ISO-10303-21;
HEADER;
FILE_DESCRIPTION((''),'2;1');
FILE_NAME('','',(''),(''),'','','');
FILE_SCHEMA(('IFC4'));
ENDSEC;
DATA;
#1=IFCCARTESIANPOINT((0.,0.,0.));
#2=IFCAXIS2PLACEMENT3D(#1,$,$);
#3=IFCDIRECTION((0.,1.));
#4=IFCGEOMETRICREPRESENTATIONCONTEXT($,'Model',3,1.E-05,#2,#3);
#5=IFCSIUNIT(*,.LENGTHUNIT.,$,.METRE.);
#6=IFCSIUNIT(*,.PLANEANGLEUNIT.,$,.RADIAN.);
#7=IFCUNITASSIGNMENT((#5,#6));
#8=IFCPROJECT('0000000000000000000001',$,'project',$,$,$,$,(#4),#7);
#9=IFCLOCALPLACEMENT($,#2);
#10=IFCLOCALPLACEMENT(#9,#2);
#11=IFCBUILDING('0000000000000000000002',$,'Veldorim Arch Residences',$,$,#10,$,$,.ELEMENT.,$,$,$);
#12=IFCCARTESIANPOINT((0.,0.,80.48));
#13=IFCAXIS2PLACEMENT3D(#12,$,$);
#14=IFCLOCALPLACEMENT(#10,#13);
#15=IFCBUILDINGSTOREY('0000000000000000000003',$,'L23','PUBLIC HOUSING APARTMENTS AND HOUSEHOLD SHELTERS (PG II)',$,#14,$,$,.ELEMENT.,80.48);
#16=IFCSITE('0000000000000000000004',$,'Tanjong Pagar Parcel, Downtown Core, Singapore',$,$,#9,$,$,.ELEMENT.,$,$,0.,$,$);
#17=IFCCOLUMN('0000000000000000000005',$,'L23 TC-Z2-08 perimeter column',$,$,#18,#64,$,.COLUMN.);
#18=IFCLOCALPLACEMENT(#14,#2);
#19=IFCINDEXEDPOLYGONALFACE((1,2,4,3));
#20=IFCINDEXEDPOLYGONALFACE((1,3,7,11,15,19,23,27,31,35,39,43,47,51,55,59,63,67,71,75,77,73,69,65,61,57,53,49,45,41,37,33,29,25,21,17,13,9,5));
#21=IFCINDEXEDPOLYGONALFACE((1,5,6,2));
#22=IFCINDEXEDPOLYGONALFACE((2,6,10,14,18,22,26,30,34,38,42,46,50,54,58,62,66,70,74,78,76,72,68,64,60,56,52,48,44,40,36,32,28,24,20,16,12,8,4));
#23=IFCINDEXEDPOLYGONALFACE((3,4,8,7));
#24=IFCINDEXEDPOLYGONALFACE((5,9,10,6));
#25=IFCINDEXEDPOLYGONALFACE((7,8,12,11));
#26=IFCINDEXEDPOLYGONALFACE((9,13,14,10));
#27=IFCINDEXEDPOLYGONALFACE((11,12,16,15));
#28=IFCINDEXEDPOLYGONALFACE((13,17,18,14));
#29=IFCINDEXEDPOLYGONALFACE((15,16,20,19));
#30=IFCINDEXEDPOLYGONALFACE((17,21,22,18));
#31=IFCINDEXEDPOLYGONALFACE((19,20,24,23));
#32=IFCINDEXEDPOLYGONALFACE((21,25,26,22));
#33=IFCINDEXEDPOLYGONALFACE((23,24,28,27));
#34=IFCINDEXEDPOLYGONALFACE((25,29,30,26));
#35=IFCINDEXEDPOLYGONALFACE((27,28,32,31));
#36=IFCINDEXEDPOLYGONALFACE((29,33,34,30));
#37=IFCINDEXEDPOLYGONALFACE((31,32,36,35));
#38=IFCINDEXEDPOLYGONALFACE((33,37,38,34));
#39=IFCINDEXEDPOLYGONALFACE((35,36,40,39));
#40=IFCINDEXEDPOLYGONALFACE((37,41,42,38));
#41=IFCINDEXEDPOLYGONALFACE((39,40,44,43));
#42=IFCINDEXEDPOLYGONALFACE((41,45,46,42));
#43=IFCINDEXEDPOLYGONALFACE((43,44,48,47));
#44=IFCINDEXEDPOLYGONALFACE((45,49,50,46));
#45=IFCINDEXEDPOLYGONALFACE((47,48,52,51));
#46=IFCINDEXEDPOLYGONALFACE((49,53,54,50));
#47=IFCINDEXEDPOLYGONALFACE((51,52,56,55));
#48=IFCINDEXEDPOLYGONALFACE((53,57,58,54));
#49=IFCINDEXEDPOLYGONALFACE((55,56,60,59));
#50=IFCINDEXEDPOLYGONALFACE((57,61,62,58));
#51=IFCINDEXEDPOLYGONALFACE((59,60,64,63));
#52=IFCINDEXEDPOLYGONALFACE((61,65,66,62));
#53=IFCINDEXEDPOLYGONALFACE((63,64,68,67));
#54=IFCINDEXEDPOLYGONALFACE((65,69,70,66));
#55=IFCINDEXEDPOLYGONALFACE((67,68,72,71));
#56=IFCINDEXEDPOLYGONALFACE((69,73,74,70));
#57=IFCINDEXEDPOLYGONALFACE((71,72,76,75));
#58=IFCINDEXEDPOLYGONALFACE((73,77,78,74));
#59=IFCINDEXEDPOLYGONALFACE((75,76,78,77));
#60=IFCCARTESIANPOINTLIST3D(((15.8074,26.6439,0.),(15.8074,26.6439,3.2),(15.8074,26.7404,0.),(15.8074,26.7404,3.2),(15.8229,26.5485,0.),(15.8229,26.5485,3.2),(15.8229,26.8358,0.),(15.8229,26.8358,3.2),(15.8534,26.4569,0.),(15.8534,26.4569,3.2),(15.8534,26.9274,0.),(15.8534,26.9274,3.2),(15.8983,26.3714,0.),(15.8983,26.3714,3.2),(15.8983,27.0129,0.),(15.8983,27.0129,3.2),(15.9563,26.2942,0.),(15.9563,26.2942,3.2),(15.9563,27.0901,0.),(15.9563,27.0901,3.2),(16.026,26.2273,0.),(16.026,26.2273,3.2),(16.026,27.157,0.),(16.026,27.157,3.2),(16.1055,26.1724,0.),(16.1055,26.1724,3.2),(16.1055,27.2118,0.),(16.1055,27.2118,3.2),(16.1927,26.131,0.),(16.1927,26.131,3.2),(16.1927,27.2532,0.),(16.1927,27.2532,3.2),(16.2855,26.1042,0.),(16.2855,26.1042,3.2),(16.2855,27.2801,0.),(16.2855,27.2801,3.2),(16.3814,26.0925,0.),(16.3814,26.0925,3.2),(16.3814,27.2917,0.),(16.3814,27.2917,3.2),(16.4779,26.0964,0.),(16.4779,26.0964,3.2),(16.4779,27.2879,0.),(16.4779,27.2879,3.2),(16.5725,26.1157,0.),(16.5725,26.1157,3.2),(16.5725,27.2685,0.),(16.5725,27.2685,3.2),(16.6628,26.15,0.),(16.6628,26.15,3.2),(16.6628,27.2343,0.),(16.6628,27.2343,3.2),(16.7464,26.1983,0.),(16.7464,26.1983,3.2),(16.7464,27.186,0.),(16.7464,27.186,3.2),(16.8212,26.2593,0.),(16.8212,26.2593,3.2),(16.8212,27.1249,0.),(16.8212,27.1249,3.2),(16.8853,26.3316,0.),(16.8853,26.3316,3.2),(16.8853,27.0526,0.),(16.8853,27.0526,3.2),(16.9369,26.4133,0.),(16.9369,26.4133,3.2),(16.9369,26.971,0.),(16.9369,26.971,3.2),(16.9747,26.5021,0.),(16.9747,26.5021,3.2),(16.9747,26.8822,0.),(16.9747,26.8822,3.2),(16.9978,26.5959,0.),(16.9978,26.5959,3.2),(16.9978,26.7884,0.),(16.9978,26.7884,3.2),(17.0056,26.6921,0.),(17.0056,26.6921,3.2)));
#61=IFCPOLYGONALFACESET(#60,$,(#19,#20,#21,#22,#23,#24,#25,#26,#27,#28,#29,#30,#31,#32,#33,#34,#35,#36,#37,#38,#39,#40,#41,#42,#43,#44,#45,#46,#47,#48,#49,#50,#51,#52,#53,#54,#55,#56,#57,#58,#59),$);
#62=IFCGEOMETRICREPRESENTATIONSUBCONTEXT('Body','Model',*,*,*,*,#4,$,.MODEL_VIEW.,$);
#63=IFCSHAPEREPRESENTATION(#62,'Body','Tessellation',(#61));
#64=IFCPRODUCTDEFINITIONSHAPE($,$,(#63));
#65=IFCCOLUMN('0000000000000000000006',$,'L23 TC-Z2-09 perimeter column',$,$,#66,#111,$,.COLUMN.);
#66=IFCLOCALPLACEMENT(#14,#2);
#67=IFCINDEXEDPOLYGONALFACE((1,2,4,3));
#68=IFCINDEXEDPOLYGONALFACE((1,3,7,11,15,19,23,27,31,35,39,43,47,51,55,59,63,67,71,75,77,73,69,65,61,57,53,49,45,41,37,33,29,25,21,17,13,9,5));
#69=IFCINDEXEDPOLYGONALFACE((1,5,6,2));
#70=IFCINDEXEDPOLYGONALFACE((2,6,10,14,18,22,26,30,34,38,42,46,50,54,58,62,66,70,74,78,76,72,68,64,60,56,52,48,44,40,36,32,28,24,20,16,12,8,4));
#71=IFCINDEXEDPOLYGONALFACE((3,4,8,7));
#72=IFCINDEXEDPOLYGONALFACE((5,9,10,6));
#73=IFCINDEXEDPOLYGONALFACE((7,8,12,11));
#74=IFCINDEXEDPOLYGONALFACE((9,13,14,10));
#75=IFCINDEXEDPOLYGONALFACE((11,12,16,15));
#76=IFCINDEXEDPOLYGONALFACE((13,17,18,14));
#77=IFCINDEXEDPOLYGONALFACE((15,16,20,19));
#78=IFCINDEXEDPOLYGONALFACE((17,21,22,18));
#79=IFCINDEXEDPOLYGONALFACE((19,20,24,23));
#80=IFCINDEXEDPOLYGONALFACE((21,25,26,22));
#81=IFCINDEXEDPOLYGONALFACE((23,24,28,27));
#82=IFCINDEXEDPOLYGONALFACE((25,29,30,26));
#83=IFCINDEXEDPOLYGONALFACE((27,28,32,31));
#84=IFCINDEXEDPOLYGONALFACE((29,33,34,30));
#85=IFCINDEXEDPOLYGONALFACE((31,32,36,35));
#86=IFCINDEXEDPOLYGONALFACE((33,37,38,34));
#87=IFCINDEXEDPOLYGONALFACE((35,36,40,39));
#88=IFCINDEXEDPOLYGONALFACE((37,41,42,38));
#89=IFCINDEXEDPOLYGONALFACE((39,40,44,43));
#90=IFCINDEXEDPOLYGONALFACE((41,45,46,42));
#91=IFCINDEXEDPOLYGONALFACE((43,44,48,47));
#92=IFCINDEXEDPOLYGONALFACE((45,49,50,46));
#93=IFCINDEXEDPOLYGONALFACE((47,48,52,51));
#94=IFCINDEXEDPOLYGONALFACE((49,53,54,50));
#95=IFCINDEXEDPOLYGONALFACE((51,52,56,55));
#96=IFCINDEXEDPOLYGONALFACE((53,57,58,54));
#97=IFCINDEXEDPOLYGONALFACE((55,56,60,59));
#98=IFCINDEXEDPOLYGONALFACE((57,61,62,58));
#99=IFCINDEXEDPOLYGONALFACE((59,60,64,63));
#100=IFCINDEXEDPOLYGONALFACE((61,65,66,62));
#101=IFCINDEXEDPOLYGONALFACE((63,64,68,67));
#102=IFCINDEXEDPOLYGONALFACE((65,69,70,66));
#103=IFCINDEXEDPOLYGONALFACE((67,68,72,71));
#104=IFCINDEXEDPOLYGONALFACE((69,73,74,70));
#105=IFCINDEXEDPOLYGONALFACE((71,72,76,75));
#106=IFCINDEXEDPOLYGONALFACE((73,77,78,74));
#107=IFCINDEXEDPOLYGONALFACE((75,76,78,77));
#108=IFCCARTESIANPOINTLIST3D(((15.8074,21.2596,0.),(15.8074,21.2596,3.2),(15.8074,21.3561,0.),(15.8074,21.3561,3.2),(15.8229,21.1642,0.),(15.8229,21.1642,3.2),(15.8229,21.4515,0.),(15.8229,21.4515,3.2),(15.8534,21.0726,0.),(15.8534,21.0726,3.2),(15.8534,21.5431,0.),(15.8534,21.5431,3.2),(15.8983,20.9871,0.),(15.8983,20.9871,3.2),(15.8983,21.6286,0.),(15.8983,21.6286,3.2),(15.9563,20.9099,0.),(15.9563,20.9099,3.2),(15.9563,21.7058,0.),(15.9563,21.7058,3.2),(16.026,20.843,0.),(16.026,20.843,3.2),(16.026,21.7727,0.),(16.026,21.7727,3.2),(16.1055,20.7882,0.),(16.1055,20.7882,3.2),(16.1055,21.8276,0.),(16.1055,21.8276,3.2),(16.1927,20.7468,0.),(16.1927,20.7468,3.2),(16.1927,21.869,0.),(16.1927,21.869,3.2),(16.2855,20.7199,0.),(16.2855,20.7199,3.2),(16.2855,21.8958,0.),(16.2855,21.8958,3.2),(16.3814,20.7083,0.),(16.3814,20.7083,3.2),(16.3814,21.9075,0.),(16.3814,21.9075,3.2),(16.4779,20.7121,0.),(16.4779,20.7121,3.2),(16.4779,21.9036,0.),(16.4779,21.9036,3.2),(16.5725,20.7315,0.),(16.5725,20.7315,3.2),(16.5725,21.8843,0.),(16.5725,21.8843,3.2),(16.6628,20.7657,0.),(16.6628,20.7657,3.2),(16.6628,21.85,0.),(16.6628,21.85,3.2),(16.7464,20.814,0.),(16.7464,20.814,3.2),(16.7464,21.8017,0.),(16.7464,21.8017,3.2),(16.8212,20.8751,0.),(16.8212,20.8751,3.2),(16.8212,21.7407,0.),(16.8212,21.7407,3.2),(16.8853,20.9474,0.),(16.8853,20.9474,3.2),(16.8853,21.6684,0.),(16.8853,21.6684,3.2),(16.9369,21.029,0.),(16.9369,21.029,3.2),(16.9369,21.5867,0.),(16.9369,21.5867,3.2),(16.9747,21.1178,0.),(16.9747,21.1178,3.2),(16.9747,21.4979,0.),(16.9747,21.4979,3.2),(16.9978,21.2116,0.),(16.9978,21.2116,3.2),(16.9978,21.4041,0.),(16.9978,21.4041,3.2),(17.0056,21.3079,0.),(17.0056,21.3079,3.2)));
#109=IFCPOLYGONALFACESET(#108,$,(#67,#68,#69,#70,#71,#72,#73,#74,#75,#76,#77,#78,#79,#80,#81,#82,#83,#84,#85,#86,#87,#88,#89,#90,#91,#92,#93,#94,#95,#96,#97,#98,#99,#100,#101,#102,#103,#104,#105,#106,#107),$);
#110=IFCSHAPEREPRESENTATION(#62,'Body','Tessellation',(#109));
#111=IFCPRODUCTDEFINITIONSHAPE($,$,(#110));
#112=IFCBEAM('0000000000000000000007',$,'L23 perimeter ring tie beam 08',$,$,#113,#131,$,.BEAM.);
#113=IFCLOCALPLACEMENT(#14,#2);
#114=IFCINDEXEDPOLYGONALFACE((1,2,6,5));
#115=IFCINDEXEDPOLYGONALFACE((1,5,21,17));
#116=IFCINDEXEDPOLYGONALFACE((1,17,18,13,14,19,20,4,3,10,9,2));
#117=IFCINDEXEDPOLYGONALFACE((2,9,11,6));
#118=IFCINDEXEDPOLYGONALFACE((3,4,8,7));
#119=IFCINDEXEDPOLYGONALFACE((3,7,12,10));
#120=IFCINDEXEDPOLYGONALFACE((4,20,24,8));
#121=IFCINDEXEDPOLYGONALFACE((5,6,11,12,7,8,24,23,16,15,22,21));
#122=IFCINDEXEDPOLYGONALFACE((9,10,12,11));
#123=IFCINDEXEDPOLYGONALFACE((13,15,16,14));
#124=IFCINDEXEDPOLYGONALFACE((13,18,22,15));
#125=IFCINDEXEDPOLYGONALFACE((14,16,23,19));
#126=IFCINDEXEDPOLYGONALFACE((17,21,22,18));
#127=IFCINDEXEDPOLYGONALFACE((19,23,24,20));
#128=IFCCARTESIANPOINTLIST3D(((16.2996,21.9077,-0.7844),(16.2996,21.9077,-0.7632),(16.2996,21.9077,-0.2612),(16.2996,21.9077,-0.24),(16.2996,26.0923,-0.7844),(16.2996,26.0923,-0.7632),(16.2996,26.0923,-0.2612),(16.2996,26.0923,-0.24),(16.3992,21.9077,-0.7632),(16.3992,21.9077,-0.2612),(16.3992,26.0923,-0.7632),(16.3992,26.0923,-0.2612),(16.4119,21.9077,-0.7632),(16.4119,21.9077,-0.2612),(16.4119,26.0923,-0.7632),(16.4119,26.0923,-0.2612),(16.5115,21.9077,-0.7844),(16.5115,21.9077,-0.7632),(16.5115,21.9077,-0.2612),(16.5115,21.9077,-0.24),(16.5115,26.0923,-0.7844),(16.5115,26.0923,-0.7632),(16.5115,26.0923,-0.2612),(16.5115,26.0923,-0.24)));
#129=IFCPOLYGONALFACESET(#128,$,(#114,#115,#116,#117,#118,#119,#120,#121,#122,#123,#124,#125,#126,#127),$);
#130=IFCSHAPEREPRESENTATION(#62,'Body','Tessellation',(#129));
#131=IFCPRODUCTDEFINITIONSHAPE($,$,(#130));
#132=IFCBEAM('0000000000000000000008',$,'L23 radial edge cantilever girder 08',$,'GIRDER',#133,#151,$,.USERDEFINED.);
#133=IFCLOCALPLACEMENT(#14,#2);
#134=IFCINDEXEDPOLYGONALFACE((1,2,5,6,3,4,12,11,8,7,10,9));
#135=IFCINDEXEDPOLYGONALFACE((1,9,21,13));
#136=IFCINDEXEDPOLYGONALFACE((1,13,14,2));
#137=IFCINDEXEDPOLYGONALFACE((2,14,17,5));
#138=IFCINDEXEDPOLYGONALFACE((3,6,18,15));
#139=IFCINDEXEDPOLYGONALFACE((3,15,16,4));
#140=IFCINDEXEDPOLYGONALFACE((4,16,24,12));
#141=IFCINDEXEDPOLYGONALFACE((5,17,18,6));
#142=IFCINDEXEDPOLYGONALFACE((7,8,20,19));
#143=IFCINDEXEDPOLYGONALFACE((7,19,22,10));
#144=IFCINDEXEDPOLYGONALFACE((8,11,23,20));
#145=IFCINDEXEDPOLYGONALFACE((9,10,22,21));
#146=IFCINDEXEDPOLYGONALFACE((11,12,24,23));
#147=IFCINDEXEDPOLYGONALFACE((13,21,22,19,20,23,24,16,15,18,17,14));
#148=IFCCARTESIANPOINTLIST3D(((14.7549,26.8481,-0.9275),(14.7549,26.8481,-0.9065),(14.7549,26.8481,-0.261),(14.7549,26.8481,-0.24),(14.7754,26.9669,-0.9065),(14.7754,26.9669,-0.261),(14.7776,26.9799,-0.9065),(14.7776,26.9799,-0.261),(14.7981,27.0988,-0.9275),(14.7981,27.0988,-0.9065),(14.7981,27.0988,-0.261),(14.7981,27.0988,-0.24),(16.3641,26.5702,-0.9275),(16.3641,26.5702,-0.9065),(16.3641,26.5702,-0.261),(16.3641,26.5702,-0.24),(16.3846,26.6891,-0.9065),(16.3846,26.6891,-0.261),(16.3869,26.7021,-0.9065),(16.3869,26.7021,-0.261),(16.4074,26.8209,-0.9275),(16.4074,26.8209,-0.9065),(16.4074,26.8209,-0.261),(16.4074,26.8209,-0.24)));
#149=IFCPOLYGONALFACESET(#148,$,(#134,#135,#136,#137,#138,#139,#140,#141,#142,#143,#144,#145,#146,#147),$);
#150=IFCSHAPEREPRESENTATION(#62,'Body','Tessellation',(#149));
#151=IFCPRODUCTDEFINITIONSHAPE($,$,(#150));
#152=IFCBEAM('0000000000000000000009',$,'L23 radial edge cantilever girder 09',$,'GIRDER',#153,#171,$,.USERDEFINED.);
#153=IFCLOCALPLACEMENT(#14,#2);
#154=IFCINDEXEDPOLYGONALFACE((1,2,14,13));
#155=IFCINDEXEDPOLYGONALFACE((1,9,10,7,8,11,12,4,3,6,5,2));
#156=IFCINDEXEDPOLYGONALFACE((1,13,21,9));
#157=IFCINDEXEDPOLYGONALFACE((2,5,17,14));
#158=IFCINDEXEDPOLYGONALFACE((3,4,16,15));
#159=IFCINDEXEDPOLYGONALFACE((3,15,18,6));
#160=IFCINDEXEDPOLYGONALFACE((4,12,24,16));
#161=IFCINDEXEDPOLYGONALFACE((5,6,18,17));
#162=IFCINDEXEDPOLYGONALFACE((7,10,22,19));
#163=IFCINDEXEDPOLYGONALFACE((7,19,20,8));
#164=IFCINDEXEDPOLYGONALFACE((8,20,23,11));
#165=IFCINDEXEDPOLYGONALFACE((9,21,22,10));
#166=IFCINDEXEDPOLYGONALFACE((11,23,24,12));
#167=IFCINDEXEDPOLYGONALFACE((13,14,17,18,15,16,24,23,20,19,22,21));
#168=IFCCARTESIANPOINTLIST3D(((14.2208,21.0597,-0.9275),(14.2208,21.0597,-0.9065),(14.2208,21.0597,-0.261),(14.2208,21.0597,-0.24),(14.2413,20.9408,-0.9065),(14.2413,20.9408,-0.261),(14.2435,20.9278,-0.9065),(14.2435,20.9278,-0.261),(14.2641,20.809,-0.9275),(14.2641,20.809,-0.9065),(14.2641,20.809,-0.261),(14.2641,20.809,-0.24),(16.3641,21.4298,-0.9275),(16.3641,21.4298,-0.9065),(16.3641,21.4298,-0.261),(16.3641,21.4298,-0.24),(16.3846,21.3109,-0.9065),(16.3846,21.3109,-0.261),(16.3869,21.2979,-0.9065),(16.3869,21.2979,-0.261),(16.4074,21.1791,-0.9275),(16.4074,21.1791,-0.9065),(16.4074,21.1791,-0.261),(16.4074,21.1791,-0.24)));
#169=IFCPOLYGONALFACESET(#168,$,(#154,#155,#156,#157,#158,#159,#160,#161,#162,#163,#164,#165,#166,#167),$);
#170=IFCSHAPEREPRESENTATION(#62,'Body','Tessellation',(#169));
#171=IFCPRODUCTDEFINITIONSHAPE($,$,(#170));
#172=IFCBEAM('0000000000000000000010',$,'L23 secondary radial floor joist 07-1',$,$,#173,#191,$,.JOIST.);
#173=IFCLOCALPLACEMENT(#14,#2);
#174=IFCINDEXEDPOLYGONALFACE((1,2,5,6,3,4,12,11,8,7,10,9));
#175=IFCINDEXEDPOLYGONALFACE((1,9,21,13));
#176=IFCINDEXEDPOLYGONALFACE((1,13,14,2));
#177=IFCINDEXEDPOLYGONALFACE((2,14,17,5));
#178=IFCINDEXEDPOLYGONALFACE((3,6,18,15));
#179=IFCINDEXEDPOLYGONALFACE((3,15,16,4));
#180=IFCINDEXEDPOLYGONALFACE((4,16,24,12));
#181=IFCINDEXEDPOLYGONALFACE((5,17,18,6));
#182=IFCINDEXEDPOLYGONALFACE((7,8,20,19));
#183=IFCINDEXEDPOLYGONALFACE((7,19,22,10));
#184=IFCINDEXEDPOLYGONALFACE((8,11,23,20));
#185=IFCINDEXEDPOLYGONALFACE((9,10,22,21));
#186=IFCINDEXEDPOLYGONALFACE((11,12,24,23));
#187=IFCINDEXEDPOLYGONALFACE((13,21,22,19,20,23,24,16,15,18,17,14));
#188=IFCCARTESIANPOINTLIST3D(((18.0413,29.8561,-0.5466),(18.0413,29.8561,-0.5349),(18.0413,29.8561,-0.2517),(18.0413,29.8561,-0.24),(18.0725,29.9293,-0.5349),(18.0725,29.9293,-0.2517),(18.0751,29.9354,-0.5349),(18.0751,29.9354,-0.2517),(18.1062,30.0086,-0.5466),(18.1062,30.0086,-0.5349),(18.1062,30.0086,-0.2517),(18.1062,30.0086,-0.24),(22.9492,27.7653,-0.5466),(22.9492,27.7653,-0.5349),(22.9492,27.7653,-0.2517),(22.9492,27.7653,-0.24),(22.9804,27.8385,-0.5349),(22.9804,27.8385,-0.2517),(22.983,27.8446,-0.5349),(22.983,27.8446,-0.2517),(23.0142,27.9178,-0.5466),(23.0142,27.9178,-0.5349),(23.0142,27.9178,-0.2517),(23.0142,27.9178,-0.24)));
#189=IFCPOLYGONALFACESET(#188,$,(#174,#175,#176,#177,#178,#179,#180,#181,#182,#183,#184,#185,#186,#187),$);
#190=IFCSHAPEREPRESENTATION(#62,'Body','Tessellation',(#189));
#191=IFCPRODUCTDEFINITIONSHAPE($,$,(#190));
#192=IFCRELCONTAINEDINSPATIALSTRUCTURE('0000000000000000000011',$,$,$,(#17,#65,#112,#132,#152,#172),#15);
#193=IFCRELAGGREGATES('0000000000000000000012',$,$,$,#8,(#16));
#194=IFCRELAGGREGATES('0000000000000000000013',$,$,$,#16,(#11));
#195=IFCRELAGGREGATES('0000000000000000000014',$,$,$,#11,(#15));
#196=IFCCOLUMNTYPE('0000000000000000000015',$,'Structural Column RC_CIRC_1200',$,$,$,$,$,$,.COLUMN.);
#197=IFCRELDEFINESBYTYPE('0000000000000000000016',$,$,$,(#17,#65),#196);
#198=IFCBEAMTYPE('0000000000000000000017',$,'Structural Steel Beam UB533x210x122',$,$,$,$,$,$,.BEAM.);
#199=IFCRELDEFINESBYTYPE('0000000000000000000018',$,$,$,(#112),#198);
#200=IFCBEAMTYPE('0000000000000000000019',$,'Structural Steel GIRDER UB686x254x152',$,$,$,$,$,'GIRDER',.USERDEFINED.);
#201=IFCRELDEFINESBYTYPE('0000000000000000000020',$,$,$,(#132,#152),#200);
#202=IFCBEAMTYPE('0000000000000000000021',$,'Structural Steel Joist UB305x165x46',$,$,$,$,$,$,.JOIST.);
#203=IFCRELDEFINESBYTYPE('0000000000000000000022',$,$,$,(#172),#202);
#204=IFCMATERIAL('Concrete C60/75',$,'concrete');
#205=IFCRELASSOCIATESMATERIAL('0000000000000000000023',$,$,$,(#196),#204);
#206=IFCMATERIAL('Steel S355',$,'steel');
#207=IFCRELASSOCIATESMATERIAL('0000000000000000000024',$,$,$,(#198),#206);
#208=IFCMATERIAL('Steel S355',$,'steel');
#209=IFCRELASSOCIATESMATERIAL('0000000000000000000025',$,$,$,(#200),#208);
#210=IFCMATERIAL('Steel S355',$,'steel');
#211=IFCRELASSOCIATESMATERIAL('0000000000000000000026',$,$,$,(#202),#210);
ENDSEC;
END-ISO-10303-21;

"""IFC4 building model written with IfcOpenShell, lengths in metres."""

from ifc_helpers import new_model, si_unit, direction, frame, origin, origin_2d, place, context, subcontext, project, spatial, circle, i_section, extrude, material, material_profile, profile_set, type_object, element, save


model = new_model("IFC4")

# Units and contexts
model_context = context("Model", 3, precision=1e-05, world=origin(), true_north=direction((0.0, 1.0)))
body_context = subcontext(model_context, "Body", "Model", "MODEL_VIEW")
ifc_project = project(units=[si_unit("LENGTHUNIT", "METRE"), si_unit("PLANEANGLEUNIT", "RADIAN")], contexts=[model_context])

# Site, building, storey
site_placement = place(None, origin())
site = spatial("IfcSite", under=ifc_project, at=site_placement, Name="Tanjong Pagar Parcel, Downtown Core, Singapore", CompositionType="ELEMENT", RefElevation=0.0)
building_placement = place(site_placement, origin())
building = spatial("IfcBuilding", under=site, at=building_placement, Name="Veldorim Arch Residences", CompositionType="ELEMENT")
storey_placement = place(building_placement, frame((0.0, 0.0, 80.48)))
storey = spatial("IfcBuildingStorey", under=building, at=storey_placement, Name="L23", Description="PUBLIC HOUSING APARTMENTS AND HOUSEHOLD SHELTERS (PG II)", CompositionType="ELEMENT", Elevation=80.48)

# Columns
ifc_material_1 = material(Name="Concrete C60/75", Category="concrete")
ifc_material_profile_1 = material_profile(ifc_material_1, circle(Radius=0.6001, at=origin_2d()), Name="RC_CIRC_1200")
ifc_profile_set_1 = profile_set([ifc_material_profile_1], Name="Concrete C60/75")
column_type = type_object("IfcColumnType", Name="Structural Column RC_CIRC_1200", PredefinedType="COLUMN", material=ifc_profile_set_1)
for number, where, z_axis, x_axis, name in (
    (1, (16.4055, 26.6921, 0.0), (0.0, 0.0, 1.0), (1.0, 0.0, 0.0), "L23 TC-Z2-08 perimeter column"),
    (2, (16.4055, 21.3079, 0.0), (0.0, 0.0, 1.0), (1.0, 0.0, 0.0), "L23 TC-Z2-09 perimeter column"),
):
    element("IfcColumn", number, at=place(storey_placement, frame(where, z_axis=z_axis, x_axis=x_axis)), inside=storey, type_object=column_type, Name=name, PredefinedType="COLUMN", context=body_context, shape_type="SweptSolid", body=[
        extrude(circle(Radius=0.6001, at=origin_2d()), origin(), (0.0, 0.0, 1.0), 3.2),
    ])

# Beams
ifc_material_2 = material(Name="Steel S355", Category="steel")
ifc_material_profile_2 = material_profile(ifc_material_2, i_section(OverallWidth=0.2119, OverallDepth=0.5444, WebThickness=0.0127, FlangeThickness=0.0212, at=origin_2d()), Name="UB533x210x122")
ifc_profile_set_2 = profile_set([ifc_material_profile_2], Name="Steel S355")
beam_type_1 = type_object("IfcBeamType", Name="Structural Steel Beam UB533x210x122", PredefinedType="BEAM", material=ifc_profile_set_2)
beam_1_placement = place(storey_placement, frame((16.4055, 26.0923, -0.5122), z_axis=(0.0, -1.0, 0.0), x_axis=(1.0, 0.0, 0.0)))
element("IfcBeam", 3, at=beam_1_placement, inside=storey, type_object=beam_type_1, Name="L23 perimeter ring tie beam 08", PredefinedType="BEAM", context=body_context, shape_type="SweptSolid", body=[
    extrude(i_section(OverallWidth=0.2119, OverallDepth=0.5444, WebThickness=0.0127, FlangeThickness=0.0212, at=origin_2d()), origin(), (0.0, 0.0, 1.0), 4.1846),
])
ifc_material_3 = material(Name="Steel S355", Category="steel")
ifc_material_profile_3 = material_profile(ifc_material_3, i_section(OverallWidth=0.2544, OverallDepth=0.6875, WebThickness=0.0132, FlangeThickness=0.021, at=origin_2d()), Name="UB686x254x152")
ifc_profile_set_3 = profile_set([ifc_material_profile_3], Name="Steel S355")
beam_type_2 = type_object("IfcBeamType", Name="Structural Steel GIRDER UB686x254x152", ElementType="GIRDER", PredefinedType="USERDEFINED", material=ifc_profile_set_3)
beam_2_placement = place(storey_placement, frame((16.3857, 26.6956, -0.5837), z_axis=(-0.98542, 0.170142, 0.0), x_axis=(-0.170142, -0.98542, 0.0)))
element("IfcBeam", 4, at=beam_2_placement, inside=storey, type_object=beam_type_2, Name="L23 radial edge cantilever girder 08", ObjectType="GIRDER", PredefinedType="USERDEFINED", context=body_context, shape_type="SweptSolid", body=[
    extrude(i_section(OverallWidth=0.2544, OverallDepth=0.6875, WebThickness=0.0132, FlangeThickness=0.021, at=origin_2d()), origin(), (0.0, 0.0, 1.0), 1.6331),
])
beam_3_placement = place(storey_placement, frame((16.3857, 21.3044, -0.5837), z_axis=(-0.985415, -0.170166, 0.0), x_axis=(0.170166, -0.985415, 0.0)))
element("IfcBeam", 5, at=beam_3_placement, inside=storey, type_object=beam_type_2, Name="L23 radial edge cantilever girder 09", ObjectType="GIRDER", PredefinedType="USERDEFINED", context=body_context, shape_type="SweptSolid", body=[
    extrude(i_section(OverallWidth=0.2544, OverallDepth=0.6875, WebThickness=0.0132, FlangeThickness=0.021, at=origin_2d()), origin(), (0.0, 0.0, 1.0), 2.175),
])
ifc_material_4 = material(Name="Steel S355", Category="steel")
ifc_material_profile_4 = material_profile(ifc_material_4, i_section(OverallWidth=0.1658, OverallDepth=0.3066, WebThickness=0.0066, FlangeThickness=0.0117, at=origin_2d()), Name="UB305x165x46")
ifc_profile_set_4 = profile_set([ifc_material_profile_4], Name="Steel S355")
beam_type_3 = type_object("IfcBeamType", Name="Structural Steel Joist UB305x165x46", PredefinedType="JOIST", material=ifc_profile_set_4)
beam_4_placement = place(storey_placement, frame((22.9817, 27.8416, -0.3933), z_axis=(-0.919997, 0.391924, 0.0), x_axis=(-0.391924, -0.919997, 0.0)))
element("IfcBeam", 6, at=beam_4_placement, inside=storey, type_object=beam_type_3, Name="L23 secondary radial floor joist 07-1", PredefinedType="JOIST", context=body_context, shape_type="SweptSolid", body=[
    extrude(i_section(OverallWidth=0.1658, OverallDepth=0.3066, WebThickness=0.0066, FlangeThickness=0.0117, at=origin_2d()), origin(), (0.0, 0.0, 1.0), 5.3347),
])

save(model, "model.ifc")
